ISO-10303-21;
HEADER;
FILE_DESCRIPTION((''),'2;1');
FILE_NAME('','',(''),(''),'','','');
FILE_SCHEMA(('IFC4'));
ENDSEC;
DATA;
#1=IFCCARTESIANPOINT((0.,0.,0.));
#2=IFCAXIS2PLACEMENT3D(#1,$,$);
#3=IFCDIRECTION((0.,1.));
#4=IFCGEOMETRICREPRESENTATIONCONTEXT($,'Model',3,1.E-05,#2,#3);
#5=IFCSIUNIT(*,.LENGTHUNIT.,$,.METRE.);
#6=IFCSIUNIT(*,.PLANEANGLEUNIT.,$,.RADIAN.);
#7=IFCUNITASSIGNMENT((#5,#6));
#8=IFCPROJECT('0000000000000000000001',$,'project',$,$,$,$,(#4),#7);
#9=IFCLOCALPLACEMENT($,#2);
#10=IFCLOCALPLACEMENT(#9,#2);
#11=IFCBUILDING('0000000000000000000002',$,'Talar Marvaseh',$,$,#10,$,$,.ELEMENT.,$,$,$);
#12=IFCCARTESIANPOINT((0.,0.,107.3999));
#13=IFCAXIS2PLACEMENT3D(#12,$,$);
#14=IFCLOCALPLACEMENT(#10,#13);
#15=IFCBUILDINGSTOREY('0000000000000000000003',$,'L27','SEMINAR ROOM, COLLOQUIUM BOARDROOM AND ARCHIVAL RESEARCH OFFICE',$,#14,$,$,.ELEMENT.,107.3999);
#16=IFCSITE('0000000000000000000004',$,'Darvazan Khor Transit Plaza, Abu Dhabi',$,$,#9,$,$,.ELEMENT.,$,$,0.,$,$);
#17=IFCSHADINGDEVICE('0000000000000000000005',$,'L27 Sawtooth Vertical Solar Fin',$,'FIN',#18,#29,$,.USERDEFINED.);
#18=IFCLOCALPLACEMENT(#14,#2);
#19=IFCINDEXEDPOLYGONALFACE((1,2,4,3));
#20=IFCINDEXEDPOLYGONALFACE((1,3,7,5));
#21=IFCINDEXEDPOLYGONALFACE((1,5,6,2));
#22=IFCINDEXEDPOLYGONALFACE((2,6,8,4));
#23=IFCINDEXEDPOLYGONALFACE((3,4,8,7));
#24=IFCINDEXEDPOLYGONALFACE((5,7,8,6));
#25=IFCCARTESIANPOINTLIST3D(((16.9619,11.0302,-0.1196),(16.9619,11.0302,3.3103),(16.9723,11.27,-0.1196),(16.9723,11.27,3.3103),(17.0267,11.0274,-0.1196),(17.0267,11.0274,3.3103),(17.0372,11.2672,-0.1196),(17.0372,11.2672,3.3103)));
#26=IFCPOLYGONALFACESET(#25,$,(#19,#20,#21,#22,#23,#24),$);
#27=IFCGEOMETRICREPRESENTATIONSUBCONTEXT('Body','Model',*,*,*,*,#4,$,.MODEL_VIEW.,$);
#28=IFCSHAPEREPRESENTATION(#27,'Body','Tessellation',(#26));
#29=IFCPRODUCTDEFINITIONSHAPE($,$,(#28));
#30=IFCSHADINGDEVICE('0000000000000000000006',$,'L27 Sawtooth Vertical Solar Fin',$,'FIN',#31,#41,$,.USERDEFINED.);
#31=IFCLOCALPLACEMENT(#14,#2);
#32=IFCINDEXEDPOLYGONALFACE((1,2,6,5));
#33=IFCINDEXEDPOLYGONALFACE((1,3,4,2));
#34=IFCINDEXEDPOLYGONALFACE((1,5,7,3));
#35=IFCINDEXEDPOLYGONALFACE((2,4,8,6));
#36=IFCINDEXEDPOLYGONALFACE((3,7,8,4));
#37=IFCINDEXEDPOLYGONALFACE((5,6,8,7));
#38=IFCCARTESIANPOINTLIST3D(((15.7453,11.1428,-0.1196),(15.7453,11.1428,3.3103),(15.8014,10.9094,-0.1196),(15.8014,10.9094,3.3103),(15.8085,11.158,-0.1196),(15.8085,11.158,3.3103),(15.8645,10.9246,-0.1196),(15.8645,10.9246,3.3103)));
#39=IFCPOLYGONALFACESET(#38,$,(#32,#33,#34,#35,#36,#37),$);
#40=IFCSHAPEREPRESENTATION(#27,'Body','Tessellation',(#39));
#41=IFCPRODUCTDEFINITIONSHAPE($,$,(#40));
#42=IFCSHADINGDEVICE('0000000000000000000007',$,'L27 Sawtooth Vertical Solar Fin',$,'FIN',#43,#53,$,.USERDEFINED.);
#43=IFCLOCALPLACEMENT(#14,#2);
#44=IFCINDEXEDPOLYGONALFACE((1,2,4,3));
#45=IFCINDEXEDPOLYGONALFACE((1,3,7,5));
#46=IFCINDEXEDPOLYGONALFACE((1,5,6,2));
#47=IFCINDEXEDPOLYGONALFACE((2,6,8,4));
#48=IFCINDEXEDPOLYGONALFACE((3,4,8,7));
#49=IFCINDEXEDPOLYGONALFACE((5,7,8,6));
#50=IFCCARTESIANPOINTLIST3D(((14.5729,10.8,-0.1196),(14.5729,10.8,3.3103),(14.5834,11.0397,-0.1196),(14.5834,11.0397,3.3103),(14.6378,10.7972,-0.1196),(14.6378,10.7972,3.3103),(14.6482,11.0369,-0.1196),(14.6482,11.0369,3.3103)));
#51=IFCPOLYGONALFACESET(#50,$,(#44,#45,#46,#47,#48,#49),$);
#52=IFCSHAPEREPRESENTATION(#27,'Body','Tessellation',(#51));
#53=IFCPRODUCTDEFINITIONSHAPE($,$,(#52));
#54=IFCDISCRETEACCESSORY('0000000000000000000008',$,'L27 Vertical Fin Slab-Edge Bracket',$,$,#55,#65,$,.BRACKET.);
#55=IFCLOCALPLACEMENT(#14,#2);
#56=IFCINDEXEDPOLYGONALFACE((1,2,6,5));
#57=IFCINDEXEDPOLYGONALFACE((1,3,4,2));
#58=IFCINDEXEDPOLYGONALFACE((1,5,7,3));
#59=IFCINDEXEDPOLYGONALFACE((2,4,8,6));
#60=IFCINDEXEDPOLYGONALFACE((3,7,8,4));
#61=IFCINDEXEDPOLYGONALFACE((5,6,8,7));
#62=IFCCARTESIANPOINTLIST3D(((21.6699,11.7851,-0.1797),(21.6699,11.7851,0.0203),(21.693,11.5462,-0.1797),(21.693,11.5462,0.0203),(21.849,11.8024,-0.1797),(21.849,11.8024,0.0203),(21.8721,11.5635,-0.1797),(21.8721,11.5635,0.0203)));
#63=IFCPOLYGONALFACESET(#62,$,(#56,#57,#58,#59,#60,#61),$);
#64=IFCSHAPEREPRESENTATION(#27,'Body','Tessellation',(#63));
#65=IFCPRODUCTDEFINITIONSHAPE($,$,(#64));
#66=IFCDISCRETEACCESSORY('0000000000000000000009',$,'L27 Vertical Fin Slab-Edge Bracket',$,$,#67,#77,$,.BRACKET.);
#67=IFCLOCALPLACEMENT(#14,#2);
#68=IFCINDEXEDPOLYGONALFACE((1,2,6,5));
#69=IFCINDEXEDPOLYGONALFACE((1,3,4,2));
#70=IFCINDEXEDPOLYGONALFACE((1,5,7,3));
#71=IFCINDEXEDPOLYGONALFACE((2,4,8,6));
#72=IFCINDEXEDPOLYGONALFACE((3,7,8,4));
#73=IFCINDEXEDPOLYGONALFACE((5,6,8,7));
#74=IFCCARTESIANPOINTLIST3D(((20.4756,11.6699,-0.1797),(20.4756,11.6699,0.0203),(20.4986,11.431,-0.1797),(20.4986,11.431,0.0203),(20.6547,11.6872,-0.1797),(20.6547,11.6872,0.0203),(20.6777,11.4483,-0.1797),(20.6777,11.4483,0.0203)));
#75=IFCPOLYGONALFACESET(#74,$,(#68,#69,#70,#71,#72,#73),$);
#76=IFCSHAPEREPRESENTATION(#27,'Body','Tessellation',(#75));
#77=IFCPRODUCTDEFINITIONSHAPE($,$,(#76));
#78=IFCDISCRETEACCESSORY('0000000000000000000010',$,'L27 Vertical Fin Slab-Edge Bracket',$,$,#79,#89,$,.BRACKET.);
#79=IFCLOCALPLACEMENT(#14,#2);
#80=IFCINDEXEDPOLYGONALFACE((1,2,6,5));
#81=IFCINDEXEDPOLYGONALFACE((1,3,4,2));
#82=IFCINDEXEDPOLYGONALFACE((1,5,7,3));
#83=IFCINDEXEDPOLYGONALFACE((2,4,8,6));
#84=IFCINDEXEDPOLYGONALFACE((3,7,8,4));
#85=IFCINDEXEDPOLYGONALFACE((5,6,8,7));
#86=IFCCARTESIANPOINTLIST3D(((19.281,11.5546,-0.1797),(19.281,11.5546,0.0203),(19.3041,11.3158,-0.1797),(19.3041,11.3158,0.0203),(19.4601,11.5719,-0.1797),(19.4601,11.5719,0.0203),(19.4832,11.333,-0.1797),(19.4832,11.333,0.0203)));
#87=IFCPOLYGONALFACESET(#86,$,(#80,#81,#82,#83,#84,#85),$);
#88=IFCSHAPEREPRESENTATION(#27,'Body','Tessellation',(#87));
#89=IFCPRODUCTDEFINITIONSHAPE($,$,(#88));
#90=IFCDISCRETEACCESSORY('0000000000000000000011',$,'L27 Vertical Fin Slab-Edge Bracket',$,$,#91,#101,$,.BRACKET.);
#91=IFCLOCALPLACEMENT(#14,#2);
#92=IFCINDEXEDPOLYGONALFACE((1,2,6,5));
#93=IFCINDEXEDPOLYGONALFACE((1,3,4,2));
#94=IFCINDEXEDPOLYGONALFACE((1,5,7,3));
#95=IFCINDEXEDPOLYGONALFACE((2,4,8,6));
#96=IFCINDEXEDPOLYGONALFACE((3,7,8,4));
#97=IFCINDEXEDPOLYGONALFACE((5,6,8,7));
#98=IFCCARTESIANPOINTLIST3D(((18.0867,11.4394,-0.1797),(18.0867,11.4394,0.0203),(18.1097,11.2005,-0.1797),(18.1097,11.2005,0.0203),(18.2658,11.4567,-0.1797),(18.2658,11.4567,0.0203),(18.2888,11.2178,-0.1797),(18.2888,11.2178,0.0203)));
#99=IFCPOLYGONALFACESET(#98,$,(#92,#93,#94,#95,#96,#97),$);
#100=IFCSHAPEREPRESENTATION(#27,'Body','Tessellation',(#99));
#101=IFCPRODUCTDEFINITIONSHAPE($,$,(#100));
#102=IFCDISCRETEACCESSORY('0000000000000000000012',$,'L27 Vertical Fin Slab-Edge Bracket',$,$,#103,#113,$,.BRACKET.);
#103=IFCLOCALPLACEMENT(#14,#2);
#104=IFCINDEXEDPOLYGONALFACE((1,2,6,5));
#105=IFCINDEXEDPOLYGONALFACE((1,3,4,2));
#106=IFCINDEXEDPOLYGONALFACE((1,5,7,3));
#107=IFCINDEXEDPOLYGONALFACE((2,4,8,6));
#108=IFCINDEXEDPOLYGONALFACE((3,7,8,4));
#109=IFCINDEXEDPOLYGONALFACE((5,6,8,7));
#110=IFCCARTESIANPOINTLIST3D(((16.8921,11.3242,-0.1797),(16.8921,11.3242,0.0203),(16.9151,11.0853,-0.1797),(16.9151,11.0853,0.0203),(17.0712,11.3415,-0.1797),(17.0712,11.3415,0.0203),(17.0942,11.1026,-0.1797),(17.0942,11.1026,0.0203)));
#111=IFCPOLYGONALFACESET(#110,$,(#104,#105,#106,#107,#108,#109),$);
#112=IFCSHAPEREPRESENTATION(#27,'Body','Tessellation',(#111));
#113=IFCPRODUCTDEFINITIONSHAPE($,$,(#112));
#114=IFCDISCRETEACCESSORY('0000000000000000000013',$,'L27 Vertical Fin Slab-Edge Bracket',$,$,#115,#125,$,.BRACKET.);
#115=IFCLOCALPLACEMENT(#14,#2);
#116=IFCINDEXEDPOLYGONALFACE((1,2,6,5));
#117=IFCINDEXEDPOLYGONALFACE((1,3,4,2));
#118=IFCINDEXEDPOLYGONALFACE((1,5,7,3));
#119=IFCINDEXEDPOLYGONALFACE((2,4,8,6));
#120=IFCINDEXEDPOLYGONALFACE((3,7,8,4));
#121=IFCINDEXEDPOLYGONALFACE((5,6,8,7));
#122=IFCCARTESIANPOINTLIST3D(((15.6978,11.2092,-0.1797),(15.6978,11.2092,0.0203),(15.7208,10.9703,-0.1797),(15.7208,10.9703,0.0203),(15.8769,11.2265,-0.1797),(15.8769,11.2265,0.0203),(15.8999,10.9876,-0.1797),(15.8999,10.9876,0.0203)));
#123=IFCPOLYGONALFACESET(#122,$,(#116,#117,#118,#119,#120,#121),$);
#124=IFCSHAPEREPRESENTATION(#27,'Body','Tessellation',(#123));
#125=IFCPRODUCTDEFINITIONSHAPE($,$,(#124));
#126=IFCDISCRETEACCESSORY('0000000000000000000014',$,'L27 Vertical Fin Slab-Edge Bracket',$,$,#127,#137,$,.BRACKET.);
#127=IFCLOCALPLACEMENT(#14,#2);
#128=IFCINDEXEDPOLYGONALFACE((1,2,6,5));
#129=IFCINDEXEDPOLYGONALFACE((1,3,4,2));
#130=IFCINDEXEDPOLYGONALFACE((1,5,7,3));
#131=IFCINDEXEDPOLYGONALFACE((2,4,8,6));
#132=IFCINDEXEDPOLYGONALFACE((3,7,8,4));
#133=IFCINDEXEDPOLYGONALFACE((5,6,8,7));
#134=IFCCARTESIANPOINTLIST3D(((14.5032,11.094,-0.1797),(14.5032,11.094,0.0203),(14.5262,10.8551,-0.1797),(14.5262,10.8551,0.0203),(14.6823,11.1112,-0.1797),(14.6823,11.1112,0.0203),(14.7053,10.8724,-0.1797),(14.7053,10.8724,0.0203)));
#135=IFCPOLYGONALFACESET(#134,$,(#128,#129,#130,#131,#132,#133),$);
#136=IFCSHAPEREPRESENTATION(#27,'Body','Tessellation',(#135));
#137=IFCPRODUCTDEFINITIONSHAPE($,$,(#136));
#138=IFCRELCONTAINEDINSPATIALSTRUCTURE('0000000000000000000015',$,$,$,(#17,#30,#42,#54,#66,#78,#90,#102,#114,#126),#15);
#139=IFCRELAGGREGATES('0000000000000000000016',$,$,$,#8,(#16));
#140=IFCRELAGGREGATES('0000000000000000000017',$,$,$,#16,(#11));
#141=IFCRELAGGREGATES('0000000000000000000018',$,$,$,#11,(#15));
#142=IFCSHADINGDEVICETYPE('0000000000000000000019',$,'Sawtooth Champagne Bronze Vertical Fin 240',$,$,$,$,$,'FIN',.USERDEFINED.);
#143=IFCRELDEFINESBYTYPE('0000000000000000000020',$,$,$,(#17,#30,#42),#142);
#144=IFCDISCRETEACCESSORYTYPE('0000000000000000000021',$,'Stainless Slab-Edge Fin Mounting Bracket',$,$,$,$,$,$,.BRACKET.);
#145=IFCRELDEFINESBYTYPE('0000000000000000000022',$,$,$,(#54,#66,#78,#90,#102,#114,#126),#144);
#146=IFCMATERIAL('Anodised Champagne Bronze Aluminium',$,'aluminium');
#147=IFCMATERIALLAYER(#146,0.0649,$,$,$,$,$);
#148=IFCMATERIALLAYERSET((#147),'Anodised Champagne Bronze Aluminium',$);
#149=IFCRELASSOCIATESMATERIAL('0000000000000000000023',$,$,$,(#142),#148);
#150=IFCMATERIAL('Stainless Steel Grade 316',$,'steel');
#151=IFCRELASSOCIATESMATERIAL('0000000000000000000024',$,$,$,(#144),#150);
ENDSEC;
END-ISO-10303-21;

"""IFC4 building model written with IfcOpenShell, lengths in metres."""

from ifc_helpers import new_model, si_unit, direction, frame, origin, origin_2d, place, context, subcontext, project, spatial, rectangle, extrude, source, transform, mapped, material, layer, layer_set, type_object, type_shapes, element, save


model = new_model("IFC4")

# Units and contexts
model_context = context("Model", 3, precision=1e-05, world=origin(), true_north=direction((0.0, 1.0)))
body_context = subcontext(model_context, "Body", "Model", "MODEL_VIEW")
ifc_project = project(units=[si_unit("LENGTHUNIT", "METRE"), si_unit("PLANEANGLEUNIT", "RADIAN")], contexts=[model_context])

# Site, building, storey
site_placement = place(None, origin())
site = spatial("IfcSite", under=ifc_project, at=site_placement, Name="Darvazan Khor Transit Plaza, Abu Dhabi", CompositionType="ELEMENT", RefElevation=0.0)
building_placement = place(site_placement, origin())
building = spatial("IfcBuilding", under=site, at=building_placement, Name="Talar Marvaseh", CompositionType="ELEMENT")
storey_placement = place(building_placement, frame((0.0, 0.0, 107.3999)))
storey = spatial("IfcBuildingStorey", under=building, at=storey_placement, Name="L27", Description="SEMINAR ROOM, COLLOQUIUM BOARDROOM AND ARCHIVAL RESEARCH OFFICE", CompositionType="ELEMENT", Elevation=107.3999)

# Shading devices
ifc_material_1 = material(Name="Anodised Champagne Bronze Aluminium", Category="aluminium")
ifc_layer_1 = layer(ifc_material_1, 0.0649)
ifc_layer_set_1 = layer_set([ifc_layer_1], Name="Anodised Champagne Bronze Aluminium")
shading_device_type = type_object("IfcShadingDeviceType", Name="Sawtooth Champagne Bronze Vertical Fin 240", ElementType="FIN", PredefinedType="USERDEFINED", material=ifc_layer_set_1)
shared_shape_1 = source(origin(), body_context, "Body", "SweptSolid", [
    extrude(rectangle(XDim=0.24, YDim=0.0649, at=origin_2d()), origin(), (0.0, 0.0, 1.0), 3.4299),
])
type_shapes(shading_device_type, [shared_shape_1])
for number, where, z_axis, x_axis, name in (
    (1, (16.9995, 11.1487, -0.1196), (0.0, 0.0, 1.0), (-0.043445, -0.999056, 0.0), "L27 Sawtooth Vertical Solar Fin"),
    (2, (15.8049, 11.0337, -0.1196), (0.0, 0.0, 1.0), (0.233615, -0.972329, 0.0), "L27 Sawtooth Vertical Solar Fin"),
    (3, (14.6106, 10.9185, -0.1196), (0.0, 0.0, 1.0), (-0.043445, -0.999056, 0.0), "L27 Sawtooth Vertical Solar Fin"),
):
    element("IfcShadingDevice", number, at=place(storey_placement, frame(where, z_axis=z_axis, x_axis=x_axis)), inside=storey, type_object=shading_device_type, Name=name, ObjectType="FIN", PredefinedType="USERDEFINED", context=body_context, shape_type="MappedRepresentation", body=[
        mapped(shared_shape_1, transform((0.0, 0.0, 0.0), x_axis=(1.0, 0.0, 0.0), y_axis=(0.0, 1.0, 0.0), z_axis=(0.0, 0.0, 1.0), scale=1.0)),
    ])

# Discrete accessories
ifc_material_2 = material(Name="Stainless Steel Grade 316", Category="steel")
discrete_accessory_type = type_object("IfcDiscreteAccessoryType", Name="Stainless Slab-Edge Fin Mounting Bracket", PredefinedType="BRACKET", material=ifc_material_2)
shared_shape_2 = source(origin(), body_context, "Body", "SweptSolid", [
    extrude(rectangle(XDim=0.24, YDim=0.1799, at=origin_2d()), origin(), (0.0, 0.0, 1.0), 0.2),
])
type_shapes(discrete_accessory_type, [shared_shape_2])
for number, where, z_axis, x_axis, name in (
    (4, (21.771, 11.6743, -0.1797), (0.0, 0.0, 1.0), (0.096019, -0.995379, 0.0), "L27 Vertical Fin Slab-Edge Bracket"),
    (5, (20.5767, 11.5591, -0.1797), (0.0, 0.0, 1.0), (0.096019, -0.995379, 0.0), "L27 Vertical Fin Slab-Edge Bracket"),
    (6, (19.3821, 11.4438, -0.1797), (0.0, 0.0, 1.0), (0.096019, -0.995379, 0.0), "L27 Vertical Fin Slab-Edge Bracket"),
    (7, (18.1877, 11.3286, -0.1797), (0.0, 0.0, 1.0), (0.096019, -0.995379, 0.0), "L27 Vertical Fin Slab-Edge Bracket"),
    (8, (16.9932, 11.2134, -0.1797), (0.0, 0.0, 1.0), (0.096019, -0.995379, 0.0), "L27 Vertical Fin Slab-Edge Bracket"),
    (9, (15.7988, 11.0984, -0.1797), (0.0, 0.0, 1.0), (0.096019, -0.995379, 0.0), "L27 Vertical Fin Slab-Edge Bracket"),
    (10, (14.6042, 10.9832, -0.1797), (0.0, 0.0, 1.0), (0.096019, -0.995379, 0.0), "L27 Vertical Fin Slab-Edge Bracket"),
):
    element("IfcDiscreteAccessory", number, at=place(storey_placement, frame(where, z_axis=z_axis, x_axis=x_axis)), inside=storey, type_object=discrete_accessory_type, Name=name, PredefinedType="BRACKET", context=body_context, shape_type="MappedRepresentation", body=[
        mapped(shared_shape_2, transform((0.0, 0.0, 0.0), x_axis=(1.0, 0.0, 0.0), y_axis=(0.0, 1.0, 0.0), z_axis=(0.0, 0.0, 1.0), scale=1.0)),
    ])

save(model, "model.ifc")
